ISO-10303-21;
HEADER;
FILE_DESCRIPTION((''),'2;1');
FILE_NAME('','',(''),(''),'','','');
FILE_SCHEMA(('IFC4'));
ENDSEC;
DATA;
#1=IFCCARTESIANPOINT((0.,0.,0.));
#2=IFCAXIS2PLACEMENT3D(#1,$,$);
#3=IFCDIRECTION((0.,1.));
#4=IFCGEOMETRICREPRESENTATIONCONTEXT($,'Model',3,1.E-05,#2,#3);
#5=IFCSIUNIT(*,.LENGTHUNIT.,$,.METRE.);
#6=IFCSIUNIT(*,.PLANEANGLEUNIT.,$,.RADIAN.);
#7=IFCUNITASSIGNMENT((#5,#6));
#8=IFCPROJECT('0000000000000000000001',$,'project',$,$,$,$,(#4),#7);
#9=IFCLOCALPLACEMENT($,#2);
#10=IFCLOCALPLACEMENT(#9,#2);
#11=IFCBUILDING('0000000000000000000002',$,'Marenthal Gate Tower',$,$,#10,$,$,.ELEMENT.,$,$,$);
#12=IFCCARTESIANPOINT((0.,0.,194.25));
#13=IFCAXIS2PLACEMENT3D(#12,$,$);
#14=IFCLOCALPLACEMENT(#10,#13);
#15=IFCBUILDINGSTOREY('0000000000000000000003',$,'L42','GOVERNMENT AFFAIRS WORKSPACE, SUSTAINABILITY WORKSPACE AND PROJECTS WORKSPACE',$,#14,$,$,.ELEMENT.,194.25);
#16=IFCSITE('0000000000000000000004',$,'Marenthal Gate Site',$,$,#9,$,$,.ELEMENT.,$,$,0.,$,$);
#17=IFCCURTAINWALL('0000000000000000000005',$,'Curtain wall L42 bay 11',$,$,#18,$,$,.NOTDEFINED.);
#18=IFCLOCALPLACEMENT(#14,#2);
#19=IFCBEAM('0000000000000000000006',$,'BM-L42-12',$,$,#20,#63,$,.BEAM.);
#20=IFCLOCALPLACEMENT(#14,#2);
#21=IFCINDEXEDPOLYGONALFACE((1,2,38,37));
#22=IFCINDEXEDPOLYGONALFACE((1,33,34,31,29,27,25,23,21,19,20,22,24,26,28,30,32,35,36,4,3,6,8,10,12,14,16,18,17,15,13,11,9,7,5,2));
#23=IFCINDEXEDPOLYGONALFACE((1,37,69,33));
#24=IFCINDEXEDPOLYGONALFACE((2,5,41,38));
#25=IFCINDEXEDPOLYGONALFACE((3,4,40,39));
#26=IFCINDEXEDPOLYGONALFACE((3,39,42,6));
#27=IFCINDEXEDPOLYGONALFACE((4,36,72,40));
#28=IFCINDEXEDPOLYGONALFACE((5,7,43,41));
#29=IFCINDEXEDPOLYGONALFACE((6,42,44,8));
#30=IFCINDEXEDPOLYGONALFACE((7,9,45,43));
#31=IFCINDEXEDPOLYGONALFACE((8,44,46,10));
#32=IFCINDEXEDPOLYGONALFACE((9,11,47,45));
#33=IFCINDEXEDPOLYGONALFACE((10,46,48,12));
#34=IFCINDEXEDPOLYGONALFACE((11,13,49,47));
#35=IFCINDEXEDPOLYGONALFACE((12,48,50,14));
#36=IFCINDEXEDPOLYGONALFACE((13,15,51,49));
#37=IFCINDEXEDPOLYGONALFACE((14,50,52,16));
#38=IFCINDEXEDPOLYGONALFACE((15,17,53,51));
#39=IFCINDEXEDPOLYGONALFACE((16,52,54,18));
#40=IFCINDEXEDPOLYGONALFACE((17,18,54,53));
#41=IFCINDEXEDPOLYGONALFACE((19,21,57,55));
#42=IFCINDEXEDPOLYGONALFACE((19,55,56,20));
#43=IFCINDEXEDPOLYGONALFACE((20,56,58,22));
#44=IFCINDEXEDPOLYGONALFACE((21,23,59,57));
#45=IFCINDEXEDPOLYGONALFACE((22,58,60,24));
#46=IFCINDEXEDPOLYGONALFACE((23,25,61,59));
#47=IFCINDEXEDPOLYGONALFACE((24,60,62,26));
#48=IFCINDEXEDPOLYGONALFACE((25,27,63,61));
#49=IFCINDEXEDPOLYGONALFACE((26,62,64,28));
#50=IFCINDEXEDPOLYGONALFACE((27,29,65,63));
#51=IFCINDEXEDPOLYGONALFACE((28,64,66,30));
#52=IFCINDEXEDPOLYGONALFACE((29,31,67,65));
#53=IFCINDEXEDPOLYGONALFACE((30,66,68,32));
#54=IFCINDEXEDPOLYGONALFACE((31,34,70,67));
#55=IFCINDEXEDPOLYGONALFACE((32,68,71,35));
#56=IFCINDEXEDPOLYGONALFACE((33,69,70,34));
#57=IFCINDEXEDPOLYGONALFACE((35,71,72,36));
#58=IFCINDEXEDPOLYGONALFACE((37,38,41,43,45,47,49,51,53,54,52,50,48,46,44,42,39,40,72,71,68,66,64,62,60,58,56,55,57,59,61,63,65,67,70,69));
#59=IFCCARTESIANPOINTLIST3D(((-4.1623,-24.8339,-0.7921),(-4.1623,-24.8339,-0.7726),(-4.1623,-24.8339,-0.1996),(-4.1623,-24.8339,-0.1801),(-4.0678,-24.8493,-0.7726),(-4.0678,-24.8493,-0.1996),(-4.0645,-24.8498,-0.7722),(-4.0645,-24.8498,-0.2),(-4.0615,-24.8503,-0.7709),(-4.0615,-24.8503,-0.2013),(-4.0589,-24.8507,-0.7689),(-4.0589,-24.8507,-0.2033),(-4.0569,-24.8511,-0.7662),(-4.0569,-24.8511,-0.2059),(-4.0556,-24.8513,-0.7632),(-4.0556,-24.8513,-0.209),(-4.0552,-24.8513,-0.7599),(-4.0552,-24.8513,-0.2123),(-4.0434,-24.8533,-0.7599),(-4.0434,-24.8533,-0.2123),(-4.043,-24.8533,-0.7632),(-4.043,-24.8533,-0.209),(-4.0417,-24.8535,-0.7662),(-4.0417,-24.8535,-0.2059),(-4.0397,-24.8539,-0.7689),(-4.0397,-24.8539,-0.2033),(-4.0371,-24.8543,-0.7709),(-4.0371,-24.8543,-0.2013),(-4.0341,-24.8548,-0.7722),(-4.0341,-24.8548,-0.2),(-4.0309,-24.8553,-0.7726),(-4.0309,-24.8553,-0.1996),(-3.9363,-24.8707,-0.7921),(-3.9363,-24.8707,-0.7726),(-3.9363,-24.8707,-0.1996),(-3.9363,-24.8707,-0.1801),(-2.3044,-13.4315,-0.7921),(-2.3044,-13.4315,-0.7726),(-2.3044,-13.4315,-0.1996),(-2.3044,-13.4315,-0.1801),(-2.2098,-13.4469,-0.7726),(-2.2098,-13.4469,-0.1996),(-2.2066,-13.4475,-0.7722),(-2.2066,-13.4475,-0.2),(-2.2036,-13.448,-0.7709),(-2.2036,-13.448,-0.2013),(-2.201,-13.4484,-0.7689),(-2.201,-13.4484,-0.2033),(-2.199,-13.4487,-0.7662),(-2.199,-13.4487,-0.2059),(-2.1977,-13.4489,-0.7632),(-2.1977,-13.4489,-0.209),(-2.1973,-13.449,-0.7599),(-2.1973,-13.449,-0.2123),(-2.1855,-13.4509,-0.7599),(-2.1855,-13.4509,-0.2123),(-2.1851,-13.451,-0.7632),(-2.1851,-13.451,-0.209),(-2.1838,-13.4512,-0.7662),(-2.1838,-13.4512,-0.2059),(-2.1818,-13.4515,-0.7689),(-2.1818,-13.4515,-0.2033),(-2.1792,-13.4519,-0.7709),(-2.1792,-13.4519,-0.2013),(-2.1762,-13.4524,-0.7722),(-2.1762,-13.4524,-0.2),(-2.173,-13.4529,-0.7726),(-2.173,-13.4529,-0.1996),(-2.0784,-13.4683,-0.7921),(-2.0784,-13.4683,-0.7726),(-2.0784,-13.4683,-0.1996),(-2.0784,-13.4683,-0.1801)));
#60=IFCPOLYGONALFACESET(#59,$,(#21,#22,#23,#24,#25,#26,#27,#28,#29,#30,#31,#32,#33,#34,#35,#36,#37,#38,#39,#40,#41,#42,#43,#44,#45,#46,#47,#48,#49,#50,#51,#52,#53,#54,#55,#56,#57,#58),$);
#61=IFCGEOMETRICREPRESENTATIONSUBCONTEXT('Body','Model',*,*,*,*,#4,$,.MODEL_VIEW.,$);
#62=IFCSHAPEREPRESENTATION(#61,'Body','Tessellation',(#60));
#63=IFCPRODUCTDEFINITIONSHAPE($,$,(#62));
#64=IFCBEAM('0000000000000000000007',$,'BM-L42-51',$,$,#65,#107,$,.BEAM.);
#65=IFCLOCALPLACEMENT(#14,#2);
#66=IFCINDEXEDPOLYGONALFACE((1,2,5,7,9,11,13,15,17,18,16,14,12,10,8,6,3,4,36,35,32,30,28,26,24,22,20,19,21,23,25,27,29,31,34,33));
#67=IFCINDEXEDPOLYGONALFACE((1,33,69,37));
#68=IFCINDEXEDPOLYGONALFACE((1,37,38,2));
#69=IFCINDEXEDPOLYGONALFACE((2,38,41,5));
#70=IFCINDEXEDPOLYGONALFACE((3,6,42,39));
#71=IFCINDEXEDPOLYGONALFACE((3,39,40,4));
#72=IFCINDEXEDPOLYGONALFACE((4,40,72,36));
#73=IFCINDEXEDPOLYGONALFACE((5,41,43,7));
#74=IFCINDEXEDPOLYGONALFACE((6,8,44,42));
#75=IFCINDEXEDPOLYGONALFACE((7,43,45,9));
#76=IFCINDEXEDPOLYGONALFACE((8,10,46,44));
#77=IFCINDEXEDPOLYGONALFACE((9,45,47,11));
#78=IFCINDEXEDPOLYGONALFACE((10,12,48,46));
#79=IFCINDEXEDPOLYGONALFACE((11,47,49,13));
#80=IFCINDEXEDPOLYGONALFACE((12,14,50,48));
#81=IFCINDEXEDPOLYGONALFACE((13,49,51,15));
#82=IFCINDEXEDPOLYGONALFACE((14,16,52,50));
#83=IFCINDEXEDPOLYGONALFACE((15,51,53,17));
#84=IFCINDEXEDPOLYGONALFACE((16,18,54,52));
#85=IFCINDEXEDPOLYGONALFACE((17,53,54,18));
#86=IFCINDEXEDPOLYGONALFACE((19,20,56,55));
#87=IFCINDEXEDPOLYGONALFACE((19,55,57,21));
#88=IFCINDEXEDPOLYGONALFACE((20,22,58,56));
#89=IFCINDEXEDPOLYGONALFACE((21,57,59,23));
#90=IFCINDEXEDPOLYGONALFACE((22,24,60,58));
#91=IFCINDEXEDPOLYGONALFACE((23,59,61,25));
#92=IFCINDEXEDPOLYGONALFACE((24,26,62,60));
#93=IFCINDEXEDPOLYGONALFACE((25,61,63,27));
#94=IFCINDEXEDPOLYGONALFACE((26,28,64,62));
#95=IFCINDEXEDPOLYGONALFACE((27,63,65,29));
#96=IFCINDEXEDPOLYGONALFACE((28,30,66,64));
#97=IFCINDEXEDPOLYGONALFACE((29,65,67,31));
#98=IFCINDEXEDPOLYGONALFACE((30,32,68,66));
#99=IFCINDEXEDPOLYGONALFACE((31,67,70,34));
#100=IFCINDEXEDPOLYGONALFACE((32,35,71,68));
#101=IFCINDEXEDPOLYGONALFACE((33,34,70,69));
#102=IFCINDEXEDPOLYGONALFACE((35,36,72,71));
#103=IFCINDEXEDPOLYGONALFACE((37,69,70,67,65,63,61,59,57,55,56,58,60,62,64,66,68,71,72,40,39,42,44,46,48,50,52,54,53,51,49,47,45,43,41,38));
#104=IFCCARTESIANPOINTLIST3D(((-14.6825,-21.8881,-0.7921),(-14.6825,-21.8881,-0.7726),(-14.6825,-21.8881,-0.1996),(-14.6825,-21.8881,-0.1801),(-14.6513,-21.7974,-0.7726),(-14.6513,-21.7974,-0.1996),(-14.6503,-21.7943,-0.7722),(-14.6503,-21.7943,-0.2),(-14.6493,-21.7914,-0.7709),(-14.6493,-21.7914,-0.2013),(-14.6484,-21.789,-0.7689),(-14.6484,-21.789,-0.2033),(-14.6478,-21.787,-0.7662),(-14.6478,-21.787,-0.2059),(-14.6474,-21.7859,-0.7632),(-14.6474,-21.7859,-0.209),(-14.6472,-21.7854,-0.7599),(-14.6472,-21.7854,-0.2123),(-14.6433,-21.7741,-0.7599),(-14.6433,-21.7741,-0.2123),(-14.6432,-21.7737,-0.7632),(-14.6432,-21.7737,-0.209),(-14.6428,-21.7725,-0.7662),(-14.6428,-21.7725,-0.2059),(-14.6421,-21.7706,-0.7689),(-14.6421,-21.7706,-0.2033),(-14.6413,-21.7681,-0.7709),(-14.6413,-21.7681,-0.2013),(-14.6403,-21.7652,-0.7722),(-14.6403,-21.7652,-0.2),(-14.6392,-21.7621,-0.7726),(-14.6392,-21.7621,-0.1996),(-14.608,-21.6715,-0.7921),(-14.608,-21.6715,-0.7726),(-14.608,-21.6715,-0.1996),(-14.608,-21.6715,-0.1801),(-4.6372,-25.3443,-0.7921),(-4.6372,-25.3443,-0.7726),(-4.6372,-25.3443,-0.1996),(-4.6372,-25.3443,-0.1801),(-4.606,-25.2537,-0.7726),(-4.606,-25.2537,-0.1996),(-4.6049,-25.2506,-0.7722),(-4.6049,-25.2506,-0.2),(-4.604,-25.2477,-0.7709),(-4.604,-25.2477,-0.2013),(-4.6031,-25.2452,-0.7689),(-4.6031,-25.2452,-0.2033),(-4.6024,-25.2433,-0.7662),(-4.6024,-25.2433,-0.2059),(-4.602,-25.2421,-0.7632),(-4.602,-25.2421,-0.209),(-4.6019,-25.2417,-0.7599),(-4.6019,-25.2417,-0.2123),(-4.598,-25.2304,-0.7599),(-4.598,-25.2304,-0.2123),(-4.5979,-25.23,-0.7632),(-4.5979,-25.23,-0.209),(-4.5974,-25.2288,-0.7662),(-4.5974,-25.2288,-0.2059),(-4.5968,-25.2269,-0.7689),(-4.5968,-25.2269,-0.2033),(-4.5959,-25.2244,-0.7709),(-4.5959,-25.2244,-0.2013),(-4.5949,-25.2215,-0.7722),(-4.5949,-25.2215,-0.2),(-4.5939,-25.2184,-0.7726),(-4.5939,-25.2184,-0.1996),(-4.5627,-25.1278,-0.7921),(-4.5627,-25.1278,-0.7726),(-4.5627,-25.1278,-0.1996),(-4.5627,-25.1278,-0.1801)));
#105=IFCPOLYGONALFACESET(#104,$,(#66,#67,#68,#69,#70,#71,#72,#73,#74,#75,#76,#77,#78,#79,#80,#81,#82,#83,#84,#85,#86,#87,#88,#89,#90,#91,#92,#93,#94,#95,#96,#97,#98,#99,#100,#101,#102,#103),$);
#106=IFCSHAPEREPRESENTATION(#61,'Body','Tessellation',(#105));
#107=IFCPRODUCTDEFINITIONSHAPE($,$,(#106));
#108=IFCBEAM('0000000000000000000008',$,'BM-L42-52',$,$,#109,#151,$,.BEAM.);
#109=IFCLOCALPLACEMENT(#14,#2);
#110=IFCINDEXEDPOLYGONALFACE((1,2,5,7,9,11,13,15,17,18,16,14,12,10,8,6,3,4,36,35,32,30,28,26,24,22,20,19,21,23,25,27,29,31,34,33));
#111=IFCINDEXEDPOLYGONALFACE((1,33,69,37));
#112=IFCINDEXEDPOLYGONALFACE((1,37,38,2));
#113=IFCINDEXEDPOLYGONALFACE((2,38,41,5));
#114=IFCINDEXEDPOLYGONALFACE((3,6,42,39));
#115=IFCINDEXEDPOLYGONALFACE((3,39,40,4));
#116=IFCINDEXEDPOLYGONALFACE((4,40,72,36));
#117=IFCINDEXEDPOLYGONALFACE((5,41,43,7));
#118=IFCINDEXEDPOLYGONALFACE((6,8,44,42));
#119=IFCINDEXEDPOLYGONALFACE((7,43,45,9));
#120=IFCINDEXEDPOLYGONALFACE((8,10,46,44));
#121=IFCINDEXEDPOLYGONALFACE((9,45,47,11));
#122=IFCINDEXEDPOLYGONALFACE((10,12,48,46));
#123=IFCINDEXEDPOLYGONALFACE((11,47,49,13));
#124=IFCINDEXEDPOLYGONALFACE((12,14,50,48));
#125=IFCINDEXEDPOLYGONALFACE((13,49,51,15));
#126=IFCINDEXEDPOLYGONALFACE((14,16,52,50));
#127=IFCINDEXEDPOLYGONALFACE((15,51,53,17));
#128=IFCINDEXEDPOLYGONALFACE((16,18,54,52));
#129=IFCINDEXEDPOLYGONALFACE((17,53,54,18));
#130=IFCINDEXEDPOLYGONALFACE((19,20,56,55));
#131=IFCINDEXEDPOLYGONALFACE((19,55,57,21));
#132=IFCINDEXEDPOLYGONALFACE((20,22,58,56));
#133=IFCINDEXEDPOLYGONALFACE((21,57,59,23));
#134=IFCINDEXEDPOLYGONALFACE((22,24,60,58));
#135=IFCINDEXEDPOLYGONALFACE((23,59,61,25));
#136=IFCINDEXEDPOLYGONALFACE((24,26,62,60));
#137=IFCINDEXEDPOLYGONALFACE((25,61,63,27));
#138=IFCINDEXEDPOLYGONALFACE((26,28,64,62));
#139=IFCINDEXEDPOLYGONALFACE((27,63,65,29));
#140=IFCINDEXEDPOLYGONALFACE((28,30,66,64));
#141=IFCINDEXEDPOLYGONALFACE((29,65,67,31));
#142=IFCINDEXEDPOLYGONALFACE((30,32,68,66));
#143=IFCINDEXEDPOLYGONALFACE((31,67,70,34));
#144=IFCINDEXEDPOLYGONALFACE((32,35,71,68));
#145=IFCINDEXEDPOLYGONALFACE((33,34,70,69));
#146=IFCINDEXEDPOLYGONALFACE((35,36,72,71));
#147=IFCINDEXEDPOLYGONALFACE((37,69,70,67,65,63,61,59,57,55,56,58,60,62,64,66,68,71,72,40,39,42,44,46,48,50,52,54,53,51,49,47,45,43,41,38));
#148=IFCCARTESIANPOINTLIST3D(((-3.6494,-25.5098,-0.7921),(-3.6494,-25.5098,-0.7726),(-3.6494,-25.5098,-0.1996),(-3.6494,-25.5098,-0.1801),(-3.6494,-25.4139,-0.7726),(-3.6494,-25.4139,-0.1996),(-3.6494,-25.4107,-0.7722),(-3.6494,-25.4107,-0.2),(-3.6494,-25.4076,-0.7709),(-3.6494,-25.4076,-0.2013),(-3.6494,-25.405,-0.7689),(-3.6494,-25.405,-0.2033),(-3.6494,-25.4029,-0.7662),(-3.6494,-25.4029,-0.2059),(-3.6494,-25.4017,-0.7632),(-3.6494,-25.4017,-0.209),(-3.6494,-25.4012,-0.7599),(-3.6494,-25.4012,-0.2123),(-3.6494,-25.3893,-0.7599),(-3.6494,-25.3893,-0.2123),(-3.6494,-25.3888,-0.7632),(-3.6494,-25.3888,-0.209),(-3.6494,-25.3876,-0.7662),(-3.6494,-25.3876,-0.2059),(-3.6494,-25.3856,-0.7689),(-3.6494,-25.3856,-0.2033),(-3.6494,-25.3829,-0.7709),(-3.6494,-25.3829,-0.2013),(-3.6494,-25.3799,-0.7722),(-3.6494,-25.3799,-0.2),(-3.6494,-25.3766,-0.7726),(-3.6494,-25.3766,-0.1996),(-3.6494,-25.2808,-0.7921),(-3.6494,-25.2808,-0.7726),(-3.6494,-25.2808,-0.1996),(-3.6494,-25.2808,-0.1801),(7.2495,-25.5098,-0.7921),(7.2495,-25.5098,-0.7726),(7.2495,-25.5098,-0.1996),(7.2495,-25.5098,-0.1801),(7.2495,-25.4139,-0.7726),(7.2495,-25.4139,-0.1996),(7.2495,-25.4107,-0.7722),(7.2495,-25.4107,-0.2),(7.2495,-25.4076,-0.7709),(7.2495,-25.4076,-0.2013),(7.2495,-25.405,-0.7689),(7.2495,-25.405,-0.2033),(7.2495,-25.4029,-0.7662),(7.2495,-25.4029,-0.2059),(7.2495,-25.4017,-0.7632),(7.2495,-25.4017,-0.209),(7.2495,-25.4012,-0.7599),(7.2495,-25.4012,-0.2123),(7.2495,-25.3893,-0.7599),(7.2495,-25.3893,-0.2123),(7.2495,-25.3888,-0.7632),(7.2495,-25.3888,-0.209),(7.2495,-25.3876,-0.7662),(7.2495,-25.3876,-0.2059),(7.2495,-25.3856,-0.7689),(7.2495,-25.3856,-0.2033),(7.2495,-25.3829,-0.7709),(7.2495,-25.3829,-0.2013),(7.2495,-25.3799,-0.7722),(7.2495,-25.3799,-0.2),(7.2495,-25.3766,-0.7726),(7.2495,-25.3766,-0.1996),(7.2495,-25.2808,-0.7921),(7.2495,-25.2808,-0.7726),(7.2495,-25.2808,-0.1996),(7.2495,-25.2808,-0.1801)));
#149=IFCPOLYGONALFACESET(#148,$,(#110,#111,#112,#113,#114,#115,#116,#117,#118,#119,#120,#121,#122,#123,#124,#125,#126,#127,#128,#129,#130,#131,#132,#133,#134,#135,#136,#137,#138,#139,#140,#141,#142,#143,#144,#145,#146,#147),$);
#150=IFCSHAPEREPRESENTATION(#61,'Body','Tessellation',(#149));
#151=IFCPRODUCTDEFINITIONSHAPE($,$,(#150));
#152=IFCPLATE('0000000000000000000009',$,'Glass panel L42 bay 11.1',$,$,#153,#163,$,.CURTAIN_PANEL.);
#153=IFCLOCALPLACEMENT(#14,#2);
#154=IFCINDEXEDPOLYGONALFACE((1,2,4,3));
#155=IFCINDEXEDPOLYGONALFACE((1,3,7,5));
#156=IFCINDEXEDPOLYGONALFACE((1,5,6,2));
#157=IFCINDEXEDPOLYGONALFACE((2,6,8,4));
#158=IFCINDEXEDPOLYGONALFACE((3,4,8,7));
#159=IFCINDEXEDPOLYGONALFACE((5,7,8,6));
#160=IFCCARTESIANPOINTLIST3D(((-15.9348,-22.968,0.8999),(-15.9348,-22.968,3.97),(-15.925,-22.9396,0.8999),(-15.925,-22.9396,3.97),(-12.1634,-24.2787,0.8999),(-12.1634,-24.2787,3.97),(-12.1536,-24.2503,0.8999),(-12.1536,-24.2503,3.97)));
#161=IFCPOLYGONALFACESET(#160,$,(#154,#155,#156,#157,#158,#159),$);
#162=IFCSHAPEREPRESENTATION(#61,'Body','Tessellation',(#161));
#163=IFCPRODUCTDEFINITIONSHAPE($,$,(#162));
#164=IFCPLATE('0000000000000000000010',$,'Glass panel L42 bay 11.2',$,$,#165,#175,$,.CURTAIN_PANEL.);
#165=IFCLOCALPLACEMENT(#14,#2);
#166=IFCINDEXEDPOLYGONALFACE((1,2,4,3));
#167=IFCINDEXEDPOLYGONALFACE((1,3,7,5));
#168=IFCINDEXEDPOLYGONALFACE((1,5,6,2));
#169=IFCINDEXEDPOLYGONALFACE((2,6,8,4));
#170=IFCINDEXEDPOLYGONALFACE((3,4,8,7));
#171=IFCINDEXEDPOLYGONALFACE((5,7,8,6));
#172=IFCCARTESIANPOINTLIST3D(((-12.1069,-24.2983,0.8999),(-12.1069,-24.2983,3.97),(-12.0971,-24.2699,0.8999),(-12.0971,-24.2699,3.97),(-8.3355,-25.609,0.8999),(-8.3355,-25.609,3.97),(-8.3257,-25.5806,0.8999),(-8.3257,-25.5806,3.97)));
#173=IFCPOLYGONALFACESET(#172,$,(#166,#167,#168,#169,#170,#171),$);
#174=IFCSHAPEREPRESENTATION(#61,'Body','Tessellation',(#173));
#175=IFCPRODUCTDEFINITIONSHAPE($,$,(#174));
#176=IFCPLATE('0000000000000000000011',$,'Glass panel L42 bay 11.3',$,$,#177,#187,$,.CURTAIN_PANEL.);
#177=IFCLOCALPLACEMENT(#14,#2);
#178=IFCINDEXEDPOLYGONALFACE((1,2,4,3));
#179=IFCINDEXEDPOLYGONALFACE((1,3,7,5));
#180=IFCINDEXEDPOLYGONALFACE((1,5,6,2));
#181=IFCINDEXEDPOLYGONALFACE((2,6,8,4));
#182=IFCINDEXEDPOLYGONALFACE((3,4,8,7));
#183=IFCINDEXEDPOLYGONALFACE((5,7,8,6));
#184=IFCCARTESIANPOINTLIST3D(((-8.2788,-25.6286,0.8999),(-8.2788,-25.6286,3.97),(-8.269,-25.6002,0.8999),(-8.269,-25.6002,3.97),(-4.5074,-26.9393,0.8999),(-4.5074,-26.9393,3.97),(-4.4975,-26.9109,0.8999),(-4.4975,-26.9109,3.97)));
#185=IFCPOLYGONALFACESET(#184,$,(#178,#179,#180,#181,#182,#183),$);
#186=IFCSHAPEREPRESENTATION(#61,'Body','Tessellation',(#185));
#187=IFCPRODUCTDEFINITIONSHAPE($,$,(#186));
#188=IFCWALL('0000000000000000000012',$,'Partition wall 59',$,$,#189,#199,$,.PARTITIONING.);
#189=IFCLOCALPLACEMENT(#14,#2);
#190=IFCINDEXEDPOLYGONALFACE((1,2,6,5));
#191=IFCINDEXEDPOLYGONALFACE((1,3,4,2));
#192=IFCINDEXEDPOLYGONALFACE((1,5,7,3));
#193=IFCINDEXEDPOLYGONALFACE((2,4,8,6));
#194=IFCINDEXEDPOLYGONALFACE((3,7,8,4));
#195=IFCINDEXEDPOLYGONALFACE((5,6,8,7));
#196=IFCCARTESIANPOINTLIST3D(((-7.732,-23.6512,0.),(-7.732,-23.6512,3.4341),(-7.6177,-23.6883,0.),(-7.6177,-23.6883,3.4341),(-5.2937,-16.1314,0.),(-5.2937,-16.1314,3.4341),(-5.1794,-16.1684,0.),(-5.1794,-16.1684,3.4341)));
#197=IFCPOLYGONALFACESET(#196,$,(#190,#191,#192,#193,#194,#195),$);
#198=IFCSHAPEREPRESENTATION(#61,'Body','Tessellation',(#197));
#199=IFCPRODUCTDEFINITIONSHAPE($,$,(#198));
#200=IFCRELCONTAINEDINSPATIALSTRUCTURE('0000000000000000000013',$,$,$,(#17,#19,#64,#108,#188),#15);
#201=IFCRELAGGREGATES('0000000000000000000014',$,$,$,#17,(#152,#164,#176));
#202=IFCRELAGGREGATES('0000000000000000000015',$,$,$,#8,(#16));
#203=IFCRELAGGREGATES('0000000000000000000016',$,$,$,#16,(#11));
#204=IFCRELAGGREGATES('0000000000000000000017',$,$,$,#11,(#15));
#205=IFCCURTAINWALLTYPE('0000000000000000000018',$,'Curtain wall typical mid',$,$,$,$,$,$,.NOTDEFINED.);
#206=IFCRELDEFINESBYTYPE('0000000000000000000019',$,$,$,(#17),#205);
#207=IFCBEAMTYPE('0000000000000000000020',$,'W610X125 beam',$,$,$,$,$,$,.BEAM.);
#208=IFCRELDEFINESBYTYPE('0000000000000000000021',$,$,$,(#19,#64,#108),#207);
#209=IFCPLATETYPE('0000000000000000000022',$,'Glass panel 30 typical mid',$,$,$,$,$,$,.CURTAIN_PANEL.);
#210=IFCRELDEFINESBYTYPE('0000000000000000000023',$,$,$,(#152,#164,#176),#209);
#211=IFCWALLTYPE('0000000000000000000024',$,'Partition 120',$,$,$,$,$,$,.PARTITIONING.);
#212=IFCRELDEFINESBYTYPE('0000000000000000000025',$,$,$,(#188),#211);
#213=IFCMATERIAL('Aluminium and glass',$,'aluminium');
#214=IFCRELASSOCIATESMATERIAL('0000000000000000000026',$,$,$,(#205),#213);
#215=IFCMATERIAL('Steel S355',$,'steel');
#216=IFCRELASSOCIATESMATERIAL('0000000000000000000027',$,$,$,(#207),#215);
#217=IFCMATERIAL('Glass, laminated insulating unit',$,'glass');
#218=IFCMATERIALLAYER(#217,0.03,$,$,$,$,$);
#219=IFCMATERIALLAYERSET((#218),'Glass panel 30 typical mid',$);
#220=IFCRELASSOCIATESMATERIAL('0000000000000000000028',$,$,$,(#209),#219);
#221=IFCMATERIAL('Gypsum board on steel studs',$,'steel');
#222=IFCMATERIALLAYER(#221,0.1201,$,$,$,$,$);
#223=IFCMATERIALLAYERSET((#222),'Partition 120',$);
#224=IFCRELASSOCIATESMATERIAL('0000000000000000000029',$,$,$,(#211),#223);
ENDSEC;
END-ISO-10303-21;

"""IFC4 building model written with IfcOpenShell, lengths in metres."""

from ifc_helpers import new_model, si_unit, direction, frame, frame_2d, origin, origin_2d, place, context, subcontext, project, spatial, rectangle, i_section, extrude, material, layer, layer_set, material_profile, profile_set, type_object, element, aggregate, save


model = new_model("IFC4")

# Units and contexts
model_context = context("Model", 3, precision=1e-05, world=origin(), true_north=direction((0.0, 1.0)))
body_context = subcontext(model_context, "Body", "Model", "MODEL_VIEW")
ifc_project = project(units=[si_unit("LENGTHUNIT", "METRE"), si_unit("PLANEANGLEUNIT", "RADIAN")], contexts=[model_context])

# Site, building, storey
site_placement = place(None, origin())
site = spatial("IfcSite", under=ifc_project, at=site_placement, Name="Marenthal Gate Site", CompositionType="ELEMENT", RefElevation=0.0)
building_placement = place(site_placement, origin())
building = spatial("IfcBuilding", under=site, at=building_placement, Name="Marenthal Gate Tower", CompositionType="ELEMENT")
storey_placement = place(building_placement, frame((0.0, 0.0, 194.25)))
storey = spatial("IfcBuildingStorey", under=building, at=storey_placement, Name="L42", Description="GOVERNMENT AFFAIRS WORKSPACE, SUSTAINABILITY WORKSPACE AND PROJECTS WORKSPACE", CompositionType="ELEMENT", Elevation=194.25)

# Curtain wall
ifc_material_1 = material(Name="Aluminium and glass", Category="aluminium")
curtain_wall_type = type_object("IfcCurtainWallType", Name="Curtain wall typical mid", PredefinedType="NOTDEFINED", material=ifc_material_1)
curtain_wall_placement = place(storey_placement, origin())
curtain_wall = element("IfcCurtainWall", 1, at=curtain_wall_placement, inside=storey, type_object=curtain_wall_type, Name="Curtain wall L42 bay 11", PredefinedType="NOTDEFINED")

# Beams
ifc_material_2 = material(Name="Steel S355", Category="steel")
ifc_material_profile_1 = material_profile(ifc_material_2, i_section(OverallWidth=0.229, OverallDepth=0.6121, WebThickness=0.012, FlangeThickness=0.0195, FilletRadius=0.0127, at=origin_2d()), Name="W610X125")
ifc_profile_set_1 = profile_set([ifc_material_profile_1], Name="Steel S355")
beam_type_1 = type_object("IfcBeamType", Name="W610X125 beam", PredefinedType="BEAM", material=ifc_profile_set_1)
beam_1_placement = place(storey_placement, frame((-4.0493, -24.8523, -0.4861), z_axis=(0.16082, 0.986984, 0.0), x_axis=(-0.986984, 0.16082, 0.0)))
element("IfcBeam", 2, at=beam_1_placement, inside=storey, type_object=beam_type_1, Name="BM-L42-12", PredefinedType="BEAM", context=body_context, shape_type="SweptSolid", body=[
    extrude(i_section(OverallWidth=0.229, OverallDepth=0.6121, WebThickness=0.012, FlangeThickness=0.0195, FilletRadius=0.0127, at=origin_2d()), origin(), (0.0, 0.0, 1.0), 11.5527),
])
beam_2_placement = place(storey_placement, frame((-14.6453, -21.7798, -0.4861), z_axis=(0.945594, -0.325348, 0.0), x_axis=(0.325348, 0.945594, 0.0)))
element("IfcBeam", 3, at=beam_2_placement, inside=storey, type_object=beam_type_1, Name="BM-L42-51", PredefinedType="BEAM", context=body_context, shape_type="SweptSolid", body=[
    extrude(i_section(OverallWidth=0.229, OverallDepth=0.6121, WebThickness=0.012, FlangeThickness=0.0195, FilletRadius=0.0127, at=origin_2d()), origin(), (0.0, 0.0, 1.0), 10.6233),
])
beam_3_placement = place(storey_placement, frame((-3.6494, -25.3953, -0.4861), z_axis=(1.0, 0.0, 0.0), x_axis=(0.0, 1.0, 0.0)))
element("IfcBeam", 4, at=beam_3_placement, inside=storey, type_object=beam_type_1, Name="BM-L42-52", PredefinedType="BEAM", context=body_context, shape_type="SweptSolid", body=[
    extrude(i_section(OverallWidth=0.229, OverallDepth=0.6121, WebThickness=0.012, FlangeThickness=0.0195, FilletRadius=0.0127, at=origin_2d()), origin(), (0.0, 0.0, 1.0), 10.8989),
])

# Plates
ifc_material_3 = material(Name="Glass, laminated insulating unit", Category="glass")
ifc_layer_1 = layer(ifc_material_3, 0.03)
ifc_layer_set_1 = layer_set([ifc_layer_1], Name="Glass panel 30 typical mid")
plate_type = type_object("IfcPlateType", Name="Glass panel 30 typical mid", PredefinedType="CURTAIN_PANEL", material=ifc_layer_set_1)
plate_1_placement = place(storey_placement, frame((-14.0442, -23.6091, 0.8999), z_axis=(0.0, 0.0, 1.0), x_axis=(0.944583, -0.328273, 0.0)))
plate_1 = element("IfcPlate", 5, at=plate_1_placement, type_object=plate_type, Name="Glass panel L42 bay 11.1", PredefinedType="CURTAIN_PANEL", context=body_context, shape_type="SweptSolid", body=[
    extrude(rectangle(XDim=3.9927, YDim=0.03, at=origin_2d()), origin(), (0.0, 0.0, 1.0), 3.0701),
])
plate_2_placement = place(storey_placement, frame((-10.2163, -24.9395, 0.8999), z_axis=(0.0, 0.0, 1.0), x_axis=(0.944583, -0.328273, 0.0)))
plate_2 = element("IfcPlate", 6, at=plate_2_placement, type_object=plate_type, Name="Glass panel L42 bay 11.2", PredefinedType="CURTAIN_PANEL", context=body_context, shape_type="SweptSolid", body=[
    extrude(rectangle(XDim=3.9927, YDim=0.03, at=origin_2d()), origin(), (0.0, 0.0, 1.0), 3.0701),
])
plate_3_placement = place(storey_placement, frame((-6.3882, -26.2698, 0.8999), z_axis=(0.0, 0.0, 1.0), x_axis=(0.944583, -0.328273, 0.0)))
plate_3 = element("IfcPlate", 7, at=plate_3_placement, type_object=plate_type, Name="Glass panel L42 bay 11.3", PredefinedType="CURTAIN_PANEL", context=body_context, shape_type="SweptSolid", body=[
    extrude(rectangle(XDim=3.9927, YDim=0.03, at=origin_2d()), origin(), (0.0, 0.0, 1.0), 3.0701),
])
aggregate(curtain_wall, [plate_1, plate_2, plate_3])

# Wall
ifc_material_4 = material(Name="Gypsum board on steel studs", Category="steel")
ifc_layer_2 = layer(ifc_material_4, 0.1201)
ifc_layer_set_2 = layer_set([ifc_layer_2], Name="Partition 120")
wall_type_1 = type_object("IfcWallType", Name="Partition 120", PredefinedType="PARTITIONING", material=ifc_layer_set_2)
wall_1_placement = place(storey_placement, frame((-5.2366, -16.1499, 0.0), z_axis=(0.0, 0.0, 1.0), x_axis=(-0.308434, -0.951246, 0.0)))
element("IfcWall", 8, at=wall_1_placement, inside=storey, type_object=wall_type_1, Name="Partition wall 59", PredefinedType="PARTITIONING", context=body_context, shape_type="SweptSolid", body=[
    extrude(rectangle(XDim=7.9053, YDim=0.1201, at=frame_2d((3.9526, 0.0))), origin(), (0.0, 0.0, 1.0), 3.4341),
])

save(model, "model.ifc")
